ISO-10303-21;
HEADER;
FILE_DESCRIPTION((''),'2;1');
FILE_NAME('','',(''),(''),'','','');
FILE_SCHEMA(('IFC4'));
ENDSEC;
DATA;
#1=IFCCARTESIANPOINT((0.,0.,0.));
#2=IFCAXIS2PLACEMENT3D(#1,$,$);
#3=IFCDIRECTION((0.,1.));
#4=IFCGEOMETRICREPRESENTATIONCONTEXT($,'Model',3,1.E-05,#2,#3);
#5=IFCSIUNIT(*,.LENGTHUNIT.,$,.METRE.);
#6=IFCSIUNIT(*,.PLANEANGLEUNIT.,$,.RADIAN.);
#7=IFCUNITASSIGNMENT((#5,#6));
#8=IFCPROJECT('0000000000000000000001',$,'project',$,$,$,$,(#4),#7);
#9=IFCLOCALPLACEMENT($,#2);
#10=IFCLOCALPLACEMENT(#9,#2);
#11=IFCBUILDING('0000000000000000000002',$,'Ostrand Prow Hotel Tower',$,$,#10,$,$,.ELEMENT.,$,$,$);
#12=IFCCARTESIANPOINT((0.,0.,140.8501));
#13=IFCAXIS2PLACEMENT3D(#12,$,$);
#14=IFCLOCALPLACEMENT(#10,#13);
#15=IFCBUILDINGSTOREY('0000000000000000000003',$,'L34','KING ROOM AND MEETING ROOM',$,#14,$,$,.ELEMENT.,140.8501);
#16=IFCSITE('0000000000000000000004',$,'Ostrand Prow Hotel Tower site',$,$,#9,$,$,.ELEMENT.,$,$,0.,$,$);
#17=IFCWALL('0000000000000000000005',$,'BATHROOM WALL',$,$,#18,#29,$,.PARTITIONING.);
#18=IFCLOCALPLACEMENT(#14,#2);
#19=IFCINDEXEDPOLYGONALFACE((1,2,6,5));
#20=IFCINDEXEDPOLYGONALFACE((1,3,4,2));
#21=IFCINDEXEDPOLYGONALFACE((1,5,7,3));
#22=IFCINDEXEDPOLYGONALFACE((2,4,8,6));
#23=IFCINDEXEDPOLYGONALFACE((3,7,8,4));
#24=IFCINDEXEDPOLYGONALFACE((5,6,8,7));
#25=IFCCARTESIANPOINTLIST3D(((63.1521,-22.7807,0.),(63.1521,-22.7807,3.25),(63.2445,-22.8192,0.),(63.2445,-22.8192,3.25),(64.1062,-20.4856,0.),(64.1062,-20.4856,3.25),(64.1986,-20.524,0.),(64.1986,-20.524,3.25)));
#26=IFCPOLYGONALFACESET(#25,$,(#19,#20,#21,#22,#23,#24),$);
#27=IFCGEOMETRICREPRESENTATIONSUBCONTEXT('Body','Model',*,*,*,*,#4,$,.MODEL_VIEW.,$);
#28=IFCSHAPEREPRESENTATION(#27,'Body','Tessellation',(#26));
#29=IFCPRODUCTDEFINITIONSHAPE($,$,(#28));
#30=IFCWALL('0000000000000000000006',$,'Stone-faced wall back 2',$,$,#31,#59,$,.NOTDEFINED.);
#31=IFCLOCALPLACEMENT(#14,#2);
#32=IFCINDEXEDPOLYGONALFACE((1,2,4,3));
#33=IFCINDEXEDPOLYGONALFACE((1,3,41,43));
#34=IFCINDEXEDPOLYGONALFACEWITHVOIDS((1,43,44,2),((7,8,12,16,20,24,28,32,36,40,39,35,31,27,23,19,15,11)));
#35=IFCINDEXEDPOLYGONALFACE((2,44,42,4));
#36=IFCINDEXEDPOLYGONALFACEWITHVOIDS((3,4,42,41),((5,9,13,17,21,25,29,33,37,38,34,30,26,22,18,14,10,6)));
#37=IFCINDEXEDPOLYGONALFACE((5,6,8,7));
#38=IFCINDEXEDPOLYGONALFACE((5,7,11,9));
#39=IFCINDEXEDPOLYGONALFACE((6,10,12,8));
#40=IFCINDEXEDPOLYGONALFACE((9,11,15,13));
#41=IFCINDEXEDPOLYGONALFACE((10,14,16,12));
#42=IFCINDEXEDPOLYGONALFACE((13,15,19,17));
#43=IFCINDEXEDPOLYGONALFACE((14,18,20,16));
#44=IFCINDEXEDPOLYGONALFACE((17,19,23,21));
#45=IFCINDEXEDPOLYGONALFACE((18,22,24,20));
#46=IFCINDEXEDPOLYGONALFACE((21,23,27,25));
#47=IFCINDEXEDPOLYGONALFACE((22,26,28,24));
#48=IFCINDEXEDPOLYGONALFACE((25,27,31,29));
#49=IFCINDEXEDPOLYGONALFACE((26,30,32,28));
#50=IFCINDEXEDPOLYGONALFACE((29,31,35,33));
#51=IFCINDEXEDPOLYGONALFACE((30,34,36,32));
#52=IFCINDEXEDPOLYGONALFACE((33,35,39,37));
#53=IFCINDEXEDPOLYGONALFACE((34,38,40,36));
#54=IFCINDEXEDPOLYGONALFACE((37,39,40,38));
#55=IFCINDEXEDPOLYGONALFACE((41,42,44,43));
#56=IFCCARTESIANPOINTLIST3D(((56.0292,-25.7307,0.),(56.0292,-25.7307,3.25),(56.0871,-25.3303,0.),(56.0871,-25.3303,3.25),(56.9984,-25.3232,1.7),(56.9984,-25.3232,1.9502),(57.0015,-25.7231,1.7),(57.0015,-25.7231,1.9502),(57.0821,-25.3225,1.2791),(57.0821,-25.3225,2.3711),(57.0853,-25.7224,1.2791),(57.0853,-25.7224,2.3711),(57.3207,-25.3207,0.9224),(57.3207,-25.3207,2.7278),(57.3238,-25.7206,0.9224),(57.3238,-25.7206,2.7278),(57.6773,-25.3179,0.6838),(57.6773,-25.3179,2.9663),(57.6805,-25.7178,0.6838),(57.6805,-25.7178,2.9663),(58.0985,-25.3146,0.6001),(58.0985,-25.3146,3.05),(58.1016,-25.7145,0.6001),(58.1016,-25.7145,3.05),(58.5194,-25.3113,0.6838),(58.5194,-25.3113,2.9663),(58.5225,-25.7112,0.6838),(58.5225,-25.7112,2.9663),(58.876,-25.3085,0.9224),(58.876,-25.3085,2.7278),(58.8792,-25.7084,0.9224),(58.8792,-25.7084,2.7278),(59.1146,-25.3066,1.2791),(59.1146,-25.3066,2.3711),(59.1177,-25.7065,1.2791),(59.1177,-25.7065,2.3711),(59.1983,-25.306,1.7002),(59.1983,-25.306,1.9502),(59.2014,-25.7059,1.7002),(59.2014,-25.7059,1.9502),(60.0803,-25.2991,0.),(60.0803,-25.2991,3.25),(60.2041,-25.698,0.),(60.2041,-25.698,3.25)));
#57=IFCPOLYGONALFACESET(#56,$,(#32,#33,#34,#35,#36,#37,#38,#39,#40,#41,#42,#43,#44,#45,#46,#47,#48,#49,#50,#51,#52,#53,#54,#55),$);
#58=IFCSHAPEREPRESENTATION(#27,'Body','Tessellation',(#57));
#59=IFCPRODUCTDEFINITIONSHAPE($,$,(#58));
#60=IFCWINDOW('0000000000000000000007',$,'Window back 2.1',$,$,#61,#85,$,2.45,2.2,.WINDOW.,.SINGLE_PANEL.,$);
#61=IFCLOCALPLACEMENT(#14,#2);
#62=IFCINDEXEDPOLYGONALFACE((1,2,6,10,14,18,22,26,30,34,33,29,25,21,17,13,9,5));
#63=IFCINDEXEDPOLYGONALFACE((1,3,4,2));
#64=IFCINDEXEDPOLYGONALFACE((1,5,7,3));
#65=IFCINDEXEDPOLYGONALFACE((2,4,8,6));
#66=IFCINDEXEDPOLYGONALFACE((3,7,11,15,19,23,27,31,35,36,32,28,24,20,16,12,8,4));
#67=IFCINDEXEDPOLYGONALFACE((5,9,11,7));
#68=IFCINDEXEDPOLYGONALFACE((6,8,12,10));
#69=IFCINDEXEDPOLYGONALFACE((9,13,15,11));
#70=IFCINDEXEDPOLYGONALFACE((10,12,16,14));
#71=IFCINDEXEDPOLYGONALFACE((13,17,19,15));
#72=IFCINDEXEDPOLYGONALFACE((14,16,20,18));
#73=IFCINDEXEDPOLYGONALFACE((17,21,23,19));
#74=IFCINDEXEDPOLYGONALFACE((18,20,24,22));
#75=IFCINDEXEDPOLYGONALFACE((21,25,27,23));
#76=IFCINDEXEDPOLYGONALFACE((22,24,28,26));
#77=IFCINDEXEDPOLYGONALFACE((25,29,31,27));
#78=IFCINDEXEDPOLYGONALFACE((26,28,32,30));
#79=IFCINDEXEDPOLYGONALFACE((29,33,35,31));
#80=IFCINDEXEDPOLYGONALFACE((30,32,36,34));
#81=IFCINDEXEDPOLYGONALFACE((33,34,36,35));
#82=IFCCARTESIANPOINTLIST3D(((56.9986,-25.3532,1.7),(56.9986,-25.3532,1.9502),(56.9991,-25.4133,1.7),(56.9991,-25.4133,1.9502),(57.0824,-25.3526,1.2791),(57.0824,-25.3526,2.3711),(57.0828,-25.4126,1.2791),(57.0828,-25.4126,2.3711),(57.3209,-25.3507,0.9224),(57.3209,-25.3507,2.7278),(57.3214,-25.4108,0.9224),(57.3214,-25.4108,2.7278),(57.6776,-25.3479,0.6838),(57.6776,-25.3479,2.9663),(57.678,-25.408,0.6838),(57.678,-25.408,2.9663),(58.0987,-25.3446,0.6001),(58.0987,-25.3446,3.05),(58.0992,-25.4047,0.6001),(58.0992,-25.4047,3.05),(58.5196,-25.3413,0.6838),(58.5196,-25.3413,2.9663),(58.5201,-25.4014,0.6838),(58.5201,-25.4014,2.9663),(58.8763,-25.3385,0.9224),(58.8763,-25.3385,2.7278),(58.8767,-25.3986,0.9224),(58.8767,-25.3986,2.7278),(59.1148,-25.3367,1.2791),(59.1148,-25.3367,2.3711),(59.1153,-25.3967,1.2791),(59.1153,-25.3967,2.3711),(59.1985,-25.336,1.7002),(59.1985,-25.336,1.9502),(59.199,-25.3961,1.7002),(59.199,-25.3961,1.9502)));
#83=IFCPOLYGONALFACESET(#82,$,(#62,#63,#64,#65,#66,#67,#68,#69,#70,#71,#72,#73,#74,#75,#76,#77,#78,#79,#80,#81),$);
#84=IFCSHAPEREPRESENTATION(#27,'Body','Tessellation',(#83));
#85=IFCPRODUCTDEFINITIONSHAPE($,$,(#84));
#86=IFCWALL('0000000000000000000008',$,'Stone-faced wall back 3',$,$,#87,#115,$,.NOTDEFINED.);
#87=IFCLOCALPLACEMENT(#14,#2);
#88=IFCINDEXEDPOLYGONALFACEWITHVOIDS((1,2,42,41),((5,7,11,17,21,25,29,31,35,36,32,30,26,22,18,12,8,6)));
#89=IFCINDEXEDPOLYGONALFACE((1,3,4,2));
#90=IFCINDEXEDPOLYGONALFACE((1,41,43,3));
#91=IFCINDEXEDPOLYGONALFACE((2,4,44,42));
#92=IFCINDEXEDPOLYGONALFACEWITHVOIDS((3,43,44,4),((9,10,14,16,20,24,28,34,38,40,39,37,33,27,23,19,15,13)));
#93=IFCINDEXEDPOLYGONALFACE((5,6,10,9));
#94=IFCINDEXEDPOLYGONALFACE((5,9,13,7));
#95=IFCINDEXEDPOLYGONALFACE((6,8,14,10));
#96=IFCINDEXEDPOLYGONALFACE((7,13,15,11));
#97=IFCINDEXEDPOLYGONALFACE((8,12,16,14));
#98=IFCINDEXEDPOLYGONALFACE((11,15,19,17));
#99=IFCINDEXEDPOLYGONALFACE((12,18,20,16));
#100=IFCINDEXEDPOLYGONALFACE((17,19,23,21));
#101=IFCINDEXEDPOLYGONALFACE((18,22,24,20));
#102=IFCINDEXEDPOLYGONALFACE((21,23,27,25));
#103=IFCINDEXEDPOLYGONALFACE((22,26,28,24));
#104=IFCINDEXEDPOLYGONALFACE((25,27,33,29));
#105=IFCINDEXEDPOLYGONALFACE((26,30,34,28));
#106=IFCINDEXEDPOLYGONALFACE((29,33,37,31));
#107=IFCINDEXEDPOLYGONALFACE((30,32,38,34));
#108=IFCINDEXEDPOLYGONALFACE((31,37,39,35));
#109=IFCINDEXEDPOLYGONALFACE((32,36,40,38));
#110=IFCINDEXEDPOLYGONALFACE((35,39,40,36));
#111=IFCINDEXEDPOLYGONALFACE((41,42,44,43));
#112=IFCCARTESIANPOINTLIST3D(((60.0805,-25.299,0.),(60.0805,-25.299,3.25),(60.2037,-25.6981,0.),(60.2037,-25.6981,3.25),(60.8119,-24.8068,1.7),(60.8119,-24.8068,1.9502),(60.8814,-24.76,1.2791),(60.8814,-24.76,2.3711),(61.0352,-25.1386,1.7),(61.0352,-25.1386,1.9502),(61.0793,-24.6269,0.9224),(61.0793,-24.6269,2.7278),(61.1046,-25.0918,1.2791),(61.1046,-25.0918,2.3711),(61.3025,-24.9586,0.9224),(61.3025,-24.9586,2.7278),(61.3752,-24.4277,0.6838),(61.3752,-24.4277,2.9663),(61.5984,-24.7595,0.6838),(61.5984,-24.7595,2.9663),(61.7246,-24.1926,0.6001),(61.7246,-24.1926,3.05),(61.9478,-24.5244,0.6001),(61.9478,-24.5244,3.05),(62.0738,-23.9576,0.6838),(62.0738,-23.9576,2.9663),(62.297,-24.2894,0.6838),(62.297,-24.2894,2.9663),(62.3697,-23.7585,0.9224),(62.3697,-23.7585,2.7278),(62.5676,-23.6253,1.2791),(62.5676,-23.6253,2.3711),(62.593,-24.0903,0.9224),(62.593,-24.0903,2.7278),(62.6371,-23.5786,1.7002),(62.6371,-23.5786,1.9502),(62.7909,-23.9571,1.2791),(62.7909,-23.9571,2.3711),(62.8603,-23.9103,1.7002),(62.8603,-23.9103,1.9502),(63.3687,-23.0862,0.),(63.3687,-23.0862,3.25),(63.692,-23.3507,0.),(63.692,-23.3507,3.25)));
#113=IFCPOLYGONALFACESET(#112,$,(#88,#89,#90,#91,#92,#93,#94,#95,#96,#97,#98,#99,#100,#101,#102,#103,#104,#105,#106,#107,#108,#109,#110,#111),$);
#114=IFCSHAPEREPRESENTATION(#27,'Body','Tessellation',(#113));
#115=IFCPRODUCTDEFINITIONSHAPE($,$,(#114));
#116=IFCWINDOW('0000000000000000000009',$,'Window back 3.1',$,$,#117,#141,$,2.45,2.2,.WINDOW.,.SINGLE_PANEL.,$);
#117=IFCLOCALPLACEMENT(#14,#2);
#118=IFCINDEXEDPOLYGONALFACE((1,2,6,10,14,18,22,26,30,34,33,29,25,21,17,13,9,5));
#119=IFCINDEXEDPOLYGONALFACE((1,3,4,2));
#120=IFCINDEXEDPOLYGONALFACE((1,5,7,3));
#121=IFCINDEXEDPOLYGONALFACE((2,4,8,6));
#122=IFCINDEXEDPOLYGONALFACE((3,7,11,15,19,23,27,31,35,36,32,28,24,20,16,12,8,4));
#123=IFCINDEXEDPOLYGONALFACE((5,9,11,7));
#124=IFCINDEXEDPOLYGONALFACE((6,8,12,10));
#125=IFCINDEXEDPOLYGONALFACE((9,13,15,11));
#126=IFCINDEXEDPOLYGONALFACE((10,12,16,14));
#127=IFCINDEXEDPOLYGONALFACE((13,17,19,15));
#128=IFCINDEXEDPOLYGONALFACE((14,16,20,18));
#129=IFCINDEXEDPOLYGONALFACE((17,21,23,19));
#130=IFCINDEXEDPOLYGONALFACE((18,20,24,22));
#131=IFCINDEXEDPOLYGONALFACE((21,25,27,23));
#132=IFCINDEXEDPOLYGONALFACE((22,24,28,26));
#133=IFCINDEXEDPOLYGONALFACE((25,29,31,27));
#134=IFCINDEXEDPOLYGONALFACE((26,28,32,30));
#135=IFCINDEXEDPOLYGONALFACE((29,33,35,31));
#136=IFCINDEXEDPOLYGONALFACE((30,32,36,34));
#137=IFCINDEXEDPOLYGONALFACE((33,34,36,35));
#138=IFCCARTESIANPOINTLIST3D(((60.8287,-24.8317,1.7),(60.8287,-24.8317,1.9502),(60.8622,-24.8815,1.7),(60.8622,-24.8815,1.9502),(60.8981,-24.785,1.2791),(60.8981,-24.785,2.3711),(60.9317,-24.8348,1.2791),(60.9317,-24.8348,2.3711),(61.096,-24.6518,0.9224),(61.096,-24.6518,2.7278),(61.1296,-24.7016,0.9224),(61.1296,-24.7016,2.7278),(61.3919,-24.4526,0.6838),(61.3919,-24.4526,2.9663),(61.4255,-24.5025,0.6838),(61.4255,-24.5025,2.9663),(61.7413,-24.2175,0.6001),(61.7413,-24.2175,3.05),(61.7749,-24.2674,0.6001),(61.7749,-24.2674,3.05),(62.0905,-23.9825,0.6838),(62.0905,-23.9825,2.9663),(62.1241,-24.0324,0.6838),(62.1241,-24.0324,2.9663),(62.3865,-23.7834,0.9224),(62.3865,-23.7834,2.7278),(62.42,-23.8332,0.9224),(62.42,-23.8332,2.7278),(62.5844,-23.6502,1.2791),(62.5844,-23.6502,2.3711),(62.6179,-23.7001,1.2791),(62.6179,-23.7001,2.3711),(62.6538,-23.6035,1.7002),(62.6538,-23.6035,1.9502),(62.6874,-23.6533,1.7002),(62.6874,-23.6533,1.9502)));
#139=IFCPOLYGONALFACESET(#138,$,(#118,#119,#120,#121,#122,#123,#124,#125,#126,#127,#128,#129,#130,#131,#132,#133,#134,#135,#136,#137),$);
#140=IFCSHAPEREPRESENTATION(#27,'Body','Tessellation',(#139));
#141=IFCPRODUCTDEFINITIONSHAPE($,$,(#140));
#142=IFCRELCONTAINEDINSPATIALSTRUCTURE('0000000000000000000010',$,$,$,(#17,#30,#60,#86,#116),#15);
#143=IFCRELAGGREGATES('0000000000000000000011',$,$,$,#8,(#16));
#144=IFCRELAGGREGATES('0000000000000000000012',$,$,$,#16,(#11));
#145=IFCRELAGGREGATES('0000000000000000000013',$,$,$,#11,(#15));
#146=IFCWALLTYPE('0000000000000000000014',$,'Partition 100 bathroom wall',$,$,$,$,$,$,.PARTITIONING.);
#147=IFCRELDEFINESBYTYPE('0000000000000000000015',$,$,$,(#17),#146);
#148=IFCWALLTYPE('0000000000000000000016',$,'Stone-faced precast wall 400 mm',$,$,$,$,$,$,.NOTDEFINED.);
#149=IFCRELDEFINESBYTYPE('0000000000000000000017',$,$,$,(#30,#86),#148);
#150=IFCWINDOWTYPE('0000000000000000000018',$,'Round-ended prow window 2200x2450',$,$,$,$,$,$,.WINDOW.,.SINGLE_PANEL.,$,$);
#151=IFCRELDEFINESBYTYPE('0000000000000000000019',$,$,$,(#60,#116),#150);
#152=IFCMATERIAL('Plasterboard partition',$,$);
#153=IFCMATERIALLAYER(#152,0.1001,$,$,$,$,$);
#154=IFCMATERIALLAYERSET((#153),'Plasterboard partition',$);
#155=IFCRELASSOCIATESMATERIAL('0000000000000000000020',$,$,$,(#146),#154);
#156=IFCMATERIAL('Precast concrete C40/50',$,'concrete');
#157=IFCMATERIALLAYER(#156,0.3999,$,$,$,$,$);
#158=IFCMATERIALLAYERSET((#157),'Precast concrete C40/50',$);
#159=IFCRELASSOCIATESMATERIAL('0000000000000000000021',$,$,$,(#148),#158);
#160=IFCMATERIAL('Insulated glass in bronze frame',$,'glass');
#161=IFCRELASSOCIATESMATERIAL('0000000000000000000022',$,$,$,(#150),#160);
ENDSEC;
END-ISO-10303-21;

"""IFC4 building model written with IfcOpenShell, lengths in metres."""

from ifc_helpers import new_model, si_unit, direction, frame, frame_2d, origin, place, context, subcontext, project, spatial, polyline, rectangle, outline, extrude, material, layer, layer_set, type_object, element, fill, save


model = new_model("IFC4")

# Units and contexts
model_context = context("Model", 3, precision=1e-05, world=origin(), true_north=direction((0.0, 1.0)))
body_context = subcontext(model_context, "Body", "Model", "MODEL_VIEW")
ifc_project = project(units=[si_unit("LENGTHUNIT", "METRE"), si_unit("PLANEANGLEUNIT", "RADIAN")], contexts=[model_context])

# Site, building, storey
site_placement = place(None, origin())
site = spatial("IfcSite", under=ifc_project, at=site_placement, Name="Ostrand Prow Hotel Tower site", CompositionType="ELEMENT", RefElevation=0.0)
building_placement = place(site_placement, origin())
building = spatial("IfcBuilding", under=site, at=building_placement, Name="Ostrand Prow Hotel Tower", CompositionType="ELEMENT")
storey_placement = place(building_placement, frame((0.0, 0.0, 140.8501)))
storey = spatial("IfcBuildingStorey", under=building, at=storey_placement, Name="L34", Description="KING ROOM AND MEETING ROOM", CompositionType="ELEMENT", Elevation=140.8501)

# Shared definitions
ifc_material_1 = material(Name="Plasterboard partition")
ifc_layer_1 = layer(ifc_material_1, 0.1001)
ifc_layer_set_1 = layer_set([ifc_layer_1], Name="Plasterboard partition")
wall_type_1 = type_object("IfcWallType", Name="Partition 100 bathroom wall", PredefinedType="PARTITIONING", material=ifc_layer_set_1)

# Wall
wall_1_placement = place(storey_placement, frame((64.1523, -20.5049, 0.0), z_axis=(0.0, 0.0, 1.0), x_axis=(-0.383855, -0.923393, 0.0)))
element("IfcWall", 1, at=wall_1_placement, inside=storey, type_object=wall_type_1, Name="BATHROOM WALL", PredefinedType="PARTITIONING", context=body_context, shape_type="SweptSolid", body=[
    extrude(rectangle(XDim=2.4856, YDim=0.1001, at=frame_2d((1.2427, 0.0))), origin(), (0.0, 0.0, 1.0), 3.25),
])

# Walls, openings, windows
ifc_material_2 = material(Name="Precast concrete C40/50", Category="concrete")
ifc_layer_2 = layer(ifc_material_2, 0.3999)
ifc_layer_set_2 = layer_set([ifc_layer_2], Name="Precast concrete C40/50")
wall_type_2 = type_object("IfcWallType", Name="Stone-faced precast wall 400 mm", PredefinedType="NOTDEFINED", material=ifc_layer_set_2)
wall_2_placement = place(storey_placement, frame((56.0581, -25.5305, 0.0), z_axis=(0.0, 0.0, 1.0), x_axis=(0.999969, 0.007831, 0.0)))
wall_2 = element("IfcWall", 2, at=wall_2_placement, inside=storey, type_object=wall_type_2, Name="Stone-faced wall back 2", PredefinedType="NOTDEFINED", context=body_context, shape_type="SweptSolid", body=[
    extrude(outline(polyline([(-0.0305, -0.2), (4.1445, -0.2), (4.0239, 0.2), (0.0305, 0.2), (-0.0305, -0.2)])), origin(), (0.0, 0.0, 1.0), 3.25),
])
opening_1_placement = place(wall_2_placement, frame((0.9419, 0.0, 0.6001)))
opening_1 = element("IfcOpeningElement", 3, at=opening_1_placement, cuts=wall_2, PredefinedType="OPENING", context=body_context, shape_type="SweptSolid", body=[
    extrude(outline(polyline([(0.0, 1.3501), (0.0837, 1.771), (0.3223, 2.1277), (0.679, 2.3662), (1.1001, 2.45), (1.521, 2.3662), (1.8777, 2.1277), (2.1162, 1.771), (2.2, 1.3501), (2.2, 1.1001), (2.1162, 0.679), (1.8777, 0.3223), (1.521, 0.0837), (1.1001, 0.0), (0.679, 0.0837), (0.3223, 0.3223), (0.0837, 0.679), (0.0, 1.0999), (0.0, 1.3501)])), frame((0.0, 0.21, 0.0), z_axis=(0.0, -1.0, 0.0), x_axis=(1.0, 0.0, 0.0)), (0.0, 0.0, 1.0), 0.4199),
])
ifc_material_3 = material(Name="Insulated glass in bronze frame", Category="glass")
window_type = type_object("IfcWindowType", Name="Round-ended prow window 2200x2450", PartitioningType="SINGLE_PANEL", PredefinedType="WINDOW", material=ifc_material_3)
window_1_placement = place(opening_1_placement, origin())
window_1 = element("IfcWindow", 4, at=window_1_placement, inside=storey, type_object=window_type, Name="Window back 2.1", OverallHeight=2.45, OverallWidth=2.2, PartitioningType="SINGLE_PANEL", PredefinedType="WINDOW", context=body_context, shape_type="SweptSolid", body=[
    extrude(outline(polyline([(0.0, 1.3501), (0.0837, 1.771), (0.3223, 2.1277), (0.679, 2.3662), (1.1001, 2.45), (1.521, 2.3662), (1.8777, 2.1277), (2.1162, 1.771), (2.2, 1.3501), (2.2, 1.1001), (2.1162, 0.679), (1.8777, 0.3223), (1.521, 0.0837), (1.1001, 0.0), (0.679, 0.0837), (0.3223, 0.3223), (0.0837, 0.679), (0.0, 1.0999), (0.0, 1.3501)])), frame((0.0, 0.1699, 0.0), z_axis=(0.0, -1.0, 0.0), x_axis=(1.0, 0.0, 0.0)), (0.0, 0.0, 1.0), 0.0601),
])
fill(opening_1, window_1)
wall_3_placement = place(storey_placement, frame((60.1421, -25.4985, 0.0), z_axis=(0.0, 0.0, 1.0), x_axis=(0.829642, 0.558296, 0.0)))
wall_3 = element("IfcWall", 5, at=wall_3_placement, inside=storey, type_object=wall_type_2, Name="Stone-faced wall back 3", PredefinedType="NOTDEFINED", context=body_context, shape_type="SweptSolid", body=[
    extrude(outline(polyline([(-0.0603, -0.2), (4.1443, -0.2), (4.0237, 0.2), (0.0603, 0.2), (-0.0603, -0.2)])), origin(), (0.0, 0.0, 1.0), 3.25),
])
opening_2_placement = place(wall_3_placement, frame((0.9419, 0.0, 0.6001)))
opening_2 = element("IfcOpeningElement", 6, at=opening_2_placement, cuts=wall_3, PredefinedType="OPENING", context=body_context, shape_type="SweptSolid", body=[
    extrude(outline(polyline([(0.0, 1.3501), (0.0837, 1.771), (0.3223, 2.1277), (0.679, 2.3662), (1.1001, 2.45), (1.521, 2.3662), (1.8777, 2.1277), (2.1162, 1.771), (2.2, 1.3501), (2.2, 1.1001), (2.1162, 0.679), (1.8777, 0.3223), (1.521, 0.0837), (1.1001, 0.0), (0.679, 0.0837), (0.3223, 0.3223), (0.0837, 0.679), (0.0, 1.0999), (0.0, 1.3501)])), frame((0.0, 0.21, 0.0), z_axis=(0.0, -1.0, 0.0), x_axis=(1.0, 0.0, 0.0)), (0.0, 0.0, 1.0), 0.4199),
])
window_2_placement = place(opening_2_placement, origin())
window_2 = element("IfcWindow", 7, at=window_2_placement, inside=storey, type_object=window_type, Name="Window back 3.1", OverallHeight=2.45, OverallWidth=2.2, PartitioningType="SINGLE_PANEL", PredefinedType="WINDOW", context=body_context, shape_type="SweptSolid", body=[
    extrude(outline(polyline([(0.0, 1.3501), (0.0837, 1.771), (0.3223, 2.1277), (0.679, 2.3662), (1.1001, 2.45), (1.521, 2.3662), (1.8777, 2.1277), (2.1162, 1.771), (2.2, 1.3501), (2.2, 1.1001), (2.1162, 0.679), (1.8777, 0.3223), (1.521, 0.0837), (1.1001, 0.0), (0.679, 0.0837), (0.3223, 0.3223), (0.0837, 0.679), (0.0, 1.0999), (0.0, 1.3501)])), frame((0.0, 0.1699, 0.0), z_axis=(0.0, -1.0, 0.0), x_axis=(1.0, 0.0, 0.0)), (0.0, 0.0, 1.0), 0.0601),
])
fill(opening_2, window_2)

save(model, "model.ifc")
